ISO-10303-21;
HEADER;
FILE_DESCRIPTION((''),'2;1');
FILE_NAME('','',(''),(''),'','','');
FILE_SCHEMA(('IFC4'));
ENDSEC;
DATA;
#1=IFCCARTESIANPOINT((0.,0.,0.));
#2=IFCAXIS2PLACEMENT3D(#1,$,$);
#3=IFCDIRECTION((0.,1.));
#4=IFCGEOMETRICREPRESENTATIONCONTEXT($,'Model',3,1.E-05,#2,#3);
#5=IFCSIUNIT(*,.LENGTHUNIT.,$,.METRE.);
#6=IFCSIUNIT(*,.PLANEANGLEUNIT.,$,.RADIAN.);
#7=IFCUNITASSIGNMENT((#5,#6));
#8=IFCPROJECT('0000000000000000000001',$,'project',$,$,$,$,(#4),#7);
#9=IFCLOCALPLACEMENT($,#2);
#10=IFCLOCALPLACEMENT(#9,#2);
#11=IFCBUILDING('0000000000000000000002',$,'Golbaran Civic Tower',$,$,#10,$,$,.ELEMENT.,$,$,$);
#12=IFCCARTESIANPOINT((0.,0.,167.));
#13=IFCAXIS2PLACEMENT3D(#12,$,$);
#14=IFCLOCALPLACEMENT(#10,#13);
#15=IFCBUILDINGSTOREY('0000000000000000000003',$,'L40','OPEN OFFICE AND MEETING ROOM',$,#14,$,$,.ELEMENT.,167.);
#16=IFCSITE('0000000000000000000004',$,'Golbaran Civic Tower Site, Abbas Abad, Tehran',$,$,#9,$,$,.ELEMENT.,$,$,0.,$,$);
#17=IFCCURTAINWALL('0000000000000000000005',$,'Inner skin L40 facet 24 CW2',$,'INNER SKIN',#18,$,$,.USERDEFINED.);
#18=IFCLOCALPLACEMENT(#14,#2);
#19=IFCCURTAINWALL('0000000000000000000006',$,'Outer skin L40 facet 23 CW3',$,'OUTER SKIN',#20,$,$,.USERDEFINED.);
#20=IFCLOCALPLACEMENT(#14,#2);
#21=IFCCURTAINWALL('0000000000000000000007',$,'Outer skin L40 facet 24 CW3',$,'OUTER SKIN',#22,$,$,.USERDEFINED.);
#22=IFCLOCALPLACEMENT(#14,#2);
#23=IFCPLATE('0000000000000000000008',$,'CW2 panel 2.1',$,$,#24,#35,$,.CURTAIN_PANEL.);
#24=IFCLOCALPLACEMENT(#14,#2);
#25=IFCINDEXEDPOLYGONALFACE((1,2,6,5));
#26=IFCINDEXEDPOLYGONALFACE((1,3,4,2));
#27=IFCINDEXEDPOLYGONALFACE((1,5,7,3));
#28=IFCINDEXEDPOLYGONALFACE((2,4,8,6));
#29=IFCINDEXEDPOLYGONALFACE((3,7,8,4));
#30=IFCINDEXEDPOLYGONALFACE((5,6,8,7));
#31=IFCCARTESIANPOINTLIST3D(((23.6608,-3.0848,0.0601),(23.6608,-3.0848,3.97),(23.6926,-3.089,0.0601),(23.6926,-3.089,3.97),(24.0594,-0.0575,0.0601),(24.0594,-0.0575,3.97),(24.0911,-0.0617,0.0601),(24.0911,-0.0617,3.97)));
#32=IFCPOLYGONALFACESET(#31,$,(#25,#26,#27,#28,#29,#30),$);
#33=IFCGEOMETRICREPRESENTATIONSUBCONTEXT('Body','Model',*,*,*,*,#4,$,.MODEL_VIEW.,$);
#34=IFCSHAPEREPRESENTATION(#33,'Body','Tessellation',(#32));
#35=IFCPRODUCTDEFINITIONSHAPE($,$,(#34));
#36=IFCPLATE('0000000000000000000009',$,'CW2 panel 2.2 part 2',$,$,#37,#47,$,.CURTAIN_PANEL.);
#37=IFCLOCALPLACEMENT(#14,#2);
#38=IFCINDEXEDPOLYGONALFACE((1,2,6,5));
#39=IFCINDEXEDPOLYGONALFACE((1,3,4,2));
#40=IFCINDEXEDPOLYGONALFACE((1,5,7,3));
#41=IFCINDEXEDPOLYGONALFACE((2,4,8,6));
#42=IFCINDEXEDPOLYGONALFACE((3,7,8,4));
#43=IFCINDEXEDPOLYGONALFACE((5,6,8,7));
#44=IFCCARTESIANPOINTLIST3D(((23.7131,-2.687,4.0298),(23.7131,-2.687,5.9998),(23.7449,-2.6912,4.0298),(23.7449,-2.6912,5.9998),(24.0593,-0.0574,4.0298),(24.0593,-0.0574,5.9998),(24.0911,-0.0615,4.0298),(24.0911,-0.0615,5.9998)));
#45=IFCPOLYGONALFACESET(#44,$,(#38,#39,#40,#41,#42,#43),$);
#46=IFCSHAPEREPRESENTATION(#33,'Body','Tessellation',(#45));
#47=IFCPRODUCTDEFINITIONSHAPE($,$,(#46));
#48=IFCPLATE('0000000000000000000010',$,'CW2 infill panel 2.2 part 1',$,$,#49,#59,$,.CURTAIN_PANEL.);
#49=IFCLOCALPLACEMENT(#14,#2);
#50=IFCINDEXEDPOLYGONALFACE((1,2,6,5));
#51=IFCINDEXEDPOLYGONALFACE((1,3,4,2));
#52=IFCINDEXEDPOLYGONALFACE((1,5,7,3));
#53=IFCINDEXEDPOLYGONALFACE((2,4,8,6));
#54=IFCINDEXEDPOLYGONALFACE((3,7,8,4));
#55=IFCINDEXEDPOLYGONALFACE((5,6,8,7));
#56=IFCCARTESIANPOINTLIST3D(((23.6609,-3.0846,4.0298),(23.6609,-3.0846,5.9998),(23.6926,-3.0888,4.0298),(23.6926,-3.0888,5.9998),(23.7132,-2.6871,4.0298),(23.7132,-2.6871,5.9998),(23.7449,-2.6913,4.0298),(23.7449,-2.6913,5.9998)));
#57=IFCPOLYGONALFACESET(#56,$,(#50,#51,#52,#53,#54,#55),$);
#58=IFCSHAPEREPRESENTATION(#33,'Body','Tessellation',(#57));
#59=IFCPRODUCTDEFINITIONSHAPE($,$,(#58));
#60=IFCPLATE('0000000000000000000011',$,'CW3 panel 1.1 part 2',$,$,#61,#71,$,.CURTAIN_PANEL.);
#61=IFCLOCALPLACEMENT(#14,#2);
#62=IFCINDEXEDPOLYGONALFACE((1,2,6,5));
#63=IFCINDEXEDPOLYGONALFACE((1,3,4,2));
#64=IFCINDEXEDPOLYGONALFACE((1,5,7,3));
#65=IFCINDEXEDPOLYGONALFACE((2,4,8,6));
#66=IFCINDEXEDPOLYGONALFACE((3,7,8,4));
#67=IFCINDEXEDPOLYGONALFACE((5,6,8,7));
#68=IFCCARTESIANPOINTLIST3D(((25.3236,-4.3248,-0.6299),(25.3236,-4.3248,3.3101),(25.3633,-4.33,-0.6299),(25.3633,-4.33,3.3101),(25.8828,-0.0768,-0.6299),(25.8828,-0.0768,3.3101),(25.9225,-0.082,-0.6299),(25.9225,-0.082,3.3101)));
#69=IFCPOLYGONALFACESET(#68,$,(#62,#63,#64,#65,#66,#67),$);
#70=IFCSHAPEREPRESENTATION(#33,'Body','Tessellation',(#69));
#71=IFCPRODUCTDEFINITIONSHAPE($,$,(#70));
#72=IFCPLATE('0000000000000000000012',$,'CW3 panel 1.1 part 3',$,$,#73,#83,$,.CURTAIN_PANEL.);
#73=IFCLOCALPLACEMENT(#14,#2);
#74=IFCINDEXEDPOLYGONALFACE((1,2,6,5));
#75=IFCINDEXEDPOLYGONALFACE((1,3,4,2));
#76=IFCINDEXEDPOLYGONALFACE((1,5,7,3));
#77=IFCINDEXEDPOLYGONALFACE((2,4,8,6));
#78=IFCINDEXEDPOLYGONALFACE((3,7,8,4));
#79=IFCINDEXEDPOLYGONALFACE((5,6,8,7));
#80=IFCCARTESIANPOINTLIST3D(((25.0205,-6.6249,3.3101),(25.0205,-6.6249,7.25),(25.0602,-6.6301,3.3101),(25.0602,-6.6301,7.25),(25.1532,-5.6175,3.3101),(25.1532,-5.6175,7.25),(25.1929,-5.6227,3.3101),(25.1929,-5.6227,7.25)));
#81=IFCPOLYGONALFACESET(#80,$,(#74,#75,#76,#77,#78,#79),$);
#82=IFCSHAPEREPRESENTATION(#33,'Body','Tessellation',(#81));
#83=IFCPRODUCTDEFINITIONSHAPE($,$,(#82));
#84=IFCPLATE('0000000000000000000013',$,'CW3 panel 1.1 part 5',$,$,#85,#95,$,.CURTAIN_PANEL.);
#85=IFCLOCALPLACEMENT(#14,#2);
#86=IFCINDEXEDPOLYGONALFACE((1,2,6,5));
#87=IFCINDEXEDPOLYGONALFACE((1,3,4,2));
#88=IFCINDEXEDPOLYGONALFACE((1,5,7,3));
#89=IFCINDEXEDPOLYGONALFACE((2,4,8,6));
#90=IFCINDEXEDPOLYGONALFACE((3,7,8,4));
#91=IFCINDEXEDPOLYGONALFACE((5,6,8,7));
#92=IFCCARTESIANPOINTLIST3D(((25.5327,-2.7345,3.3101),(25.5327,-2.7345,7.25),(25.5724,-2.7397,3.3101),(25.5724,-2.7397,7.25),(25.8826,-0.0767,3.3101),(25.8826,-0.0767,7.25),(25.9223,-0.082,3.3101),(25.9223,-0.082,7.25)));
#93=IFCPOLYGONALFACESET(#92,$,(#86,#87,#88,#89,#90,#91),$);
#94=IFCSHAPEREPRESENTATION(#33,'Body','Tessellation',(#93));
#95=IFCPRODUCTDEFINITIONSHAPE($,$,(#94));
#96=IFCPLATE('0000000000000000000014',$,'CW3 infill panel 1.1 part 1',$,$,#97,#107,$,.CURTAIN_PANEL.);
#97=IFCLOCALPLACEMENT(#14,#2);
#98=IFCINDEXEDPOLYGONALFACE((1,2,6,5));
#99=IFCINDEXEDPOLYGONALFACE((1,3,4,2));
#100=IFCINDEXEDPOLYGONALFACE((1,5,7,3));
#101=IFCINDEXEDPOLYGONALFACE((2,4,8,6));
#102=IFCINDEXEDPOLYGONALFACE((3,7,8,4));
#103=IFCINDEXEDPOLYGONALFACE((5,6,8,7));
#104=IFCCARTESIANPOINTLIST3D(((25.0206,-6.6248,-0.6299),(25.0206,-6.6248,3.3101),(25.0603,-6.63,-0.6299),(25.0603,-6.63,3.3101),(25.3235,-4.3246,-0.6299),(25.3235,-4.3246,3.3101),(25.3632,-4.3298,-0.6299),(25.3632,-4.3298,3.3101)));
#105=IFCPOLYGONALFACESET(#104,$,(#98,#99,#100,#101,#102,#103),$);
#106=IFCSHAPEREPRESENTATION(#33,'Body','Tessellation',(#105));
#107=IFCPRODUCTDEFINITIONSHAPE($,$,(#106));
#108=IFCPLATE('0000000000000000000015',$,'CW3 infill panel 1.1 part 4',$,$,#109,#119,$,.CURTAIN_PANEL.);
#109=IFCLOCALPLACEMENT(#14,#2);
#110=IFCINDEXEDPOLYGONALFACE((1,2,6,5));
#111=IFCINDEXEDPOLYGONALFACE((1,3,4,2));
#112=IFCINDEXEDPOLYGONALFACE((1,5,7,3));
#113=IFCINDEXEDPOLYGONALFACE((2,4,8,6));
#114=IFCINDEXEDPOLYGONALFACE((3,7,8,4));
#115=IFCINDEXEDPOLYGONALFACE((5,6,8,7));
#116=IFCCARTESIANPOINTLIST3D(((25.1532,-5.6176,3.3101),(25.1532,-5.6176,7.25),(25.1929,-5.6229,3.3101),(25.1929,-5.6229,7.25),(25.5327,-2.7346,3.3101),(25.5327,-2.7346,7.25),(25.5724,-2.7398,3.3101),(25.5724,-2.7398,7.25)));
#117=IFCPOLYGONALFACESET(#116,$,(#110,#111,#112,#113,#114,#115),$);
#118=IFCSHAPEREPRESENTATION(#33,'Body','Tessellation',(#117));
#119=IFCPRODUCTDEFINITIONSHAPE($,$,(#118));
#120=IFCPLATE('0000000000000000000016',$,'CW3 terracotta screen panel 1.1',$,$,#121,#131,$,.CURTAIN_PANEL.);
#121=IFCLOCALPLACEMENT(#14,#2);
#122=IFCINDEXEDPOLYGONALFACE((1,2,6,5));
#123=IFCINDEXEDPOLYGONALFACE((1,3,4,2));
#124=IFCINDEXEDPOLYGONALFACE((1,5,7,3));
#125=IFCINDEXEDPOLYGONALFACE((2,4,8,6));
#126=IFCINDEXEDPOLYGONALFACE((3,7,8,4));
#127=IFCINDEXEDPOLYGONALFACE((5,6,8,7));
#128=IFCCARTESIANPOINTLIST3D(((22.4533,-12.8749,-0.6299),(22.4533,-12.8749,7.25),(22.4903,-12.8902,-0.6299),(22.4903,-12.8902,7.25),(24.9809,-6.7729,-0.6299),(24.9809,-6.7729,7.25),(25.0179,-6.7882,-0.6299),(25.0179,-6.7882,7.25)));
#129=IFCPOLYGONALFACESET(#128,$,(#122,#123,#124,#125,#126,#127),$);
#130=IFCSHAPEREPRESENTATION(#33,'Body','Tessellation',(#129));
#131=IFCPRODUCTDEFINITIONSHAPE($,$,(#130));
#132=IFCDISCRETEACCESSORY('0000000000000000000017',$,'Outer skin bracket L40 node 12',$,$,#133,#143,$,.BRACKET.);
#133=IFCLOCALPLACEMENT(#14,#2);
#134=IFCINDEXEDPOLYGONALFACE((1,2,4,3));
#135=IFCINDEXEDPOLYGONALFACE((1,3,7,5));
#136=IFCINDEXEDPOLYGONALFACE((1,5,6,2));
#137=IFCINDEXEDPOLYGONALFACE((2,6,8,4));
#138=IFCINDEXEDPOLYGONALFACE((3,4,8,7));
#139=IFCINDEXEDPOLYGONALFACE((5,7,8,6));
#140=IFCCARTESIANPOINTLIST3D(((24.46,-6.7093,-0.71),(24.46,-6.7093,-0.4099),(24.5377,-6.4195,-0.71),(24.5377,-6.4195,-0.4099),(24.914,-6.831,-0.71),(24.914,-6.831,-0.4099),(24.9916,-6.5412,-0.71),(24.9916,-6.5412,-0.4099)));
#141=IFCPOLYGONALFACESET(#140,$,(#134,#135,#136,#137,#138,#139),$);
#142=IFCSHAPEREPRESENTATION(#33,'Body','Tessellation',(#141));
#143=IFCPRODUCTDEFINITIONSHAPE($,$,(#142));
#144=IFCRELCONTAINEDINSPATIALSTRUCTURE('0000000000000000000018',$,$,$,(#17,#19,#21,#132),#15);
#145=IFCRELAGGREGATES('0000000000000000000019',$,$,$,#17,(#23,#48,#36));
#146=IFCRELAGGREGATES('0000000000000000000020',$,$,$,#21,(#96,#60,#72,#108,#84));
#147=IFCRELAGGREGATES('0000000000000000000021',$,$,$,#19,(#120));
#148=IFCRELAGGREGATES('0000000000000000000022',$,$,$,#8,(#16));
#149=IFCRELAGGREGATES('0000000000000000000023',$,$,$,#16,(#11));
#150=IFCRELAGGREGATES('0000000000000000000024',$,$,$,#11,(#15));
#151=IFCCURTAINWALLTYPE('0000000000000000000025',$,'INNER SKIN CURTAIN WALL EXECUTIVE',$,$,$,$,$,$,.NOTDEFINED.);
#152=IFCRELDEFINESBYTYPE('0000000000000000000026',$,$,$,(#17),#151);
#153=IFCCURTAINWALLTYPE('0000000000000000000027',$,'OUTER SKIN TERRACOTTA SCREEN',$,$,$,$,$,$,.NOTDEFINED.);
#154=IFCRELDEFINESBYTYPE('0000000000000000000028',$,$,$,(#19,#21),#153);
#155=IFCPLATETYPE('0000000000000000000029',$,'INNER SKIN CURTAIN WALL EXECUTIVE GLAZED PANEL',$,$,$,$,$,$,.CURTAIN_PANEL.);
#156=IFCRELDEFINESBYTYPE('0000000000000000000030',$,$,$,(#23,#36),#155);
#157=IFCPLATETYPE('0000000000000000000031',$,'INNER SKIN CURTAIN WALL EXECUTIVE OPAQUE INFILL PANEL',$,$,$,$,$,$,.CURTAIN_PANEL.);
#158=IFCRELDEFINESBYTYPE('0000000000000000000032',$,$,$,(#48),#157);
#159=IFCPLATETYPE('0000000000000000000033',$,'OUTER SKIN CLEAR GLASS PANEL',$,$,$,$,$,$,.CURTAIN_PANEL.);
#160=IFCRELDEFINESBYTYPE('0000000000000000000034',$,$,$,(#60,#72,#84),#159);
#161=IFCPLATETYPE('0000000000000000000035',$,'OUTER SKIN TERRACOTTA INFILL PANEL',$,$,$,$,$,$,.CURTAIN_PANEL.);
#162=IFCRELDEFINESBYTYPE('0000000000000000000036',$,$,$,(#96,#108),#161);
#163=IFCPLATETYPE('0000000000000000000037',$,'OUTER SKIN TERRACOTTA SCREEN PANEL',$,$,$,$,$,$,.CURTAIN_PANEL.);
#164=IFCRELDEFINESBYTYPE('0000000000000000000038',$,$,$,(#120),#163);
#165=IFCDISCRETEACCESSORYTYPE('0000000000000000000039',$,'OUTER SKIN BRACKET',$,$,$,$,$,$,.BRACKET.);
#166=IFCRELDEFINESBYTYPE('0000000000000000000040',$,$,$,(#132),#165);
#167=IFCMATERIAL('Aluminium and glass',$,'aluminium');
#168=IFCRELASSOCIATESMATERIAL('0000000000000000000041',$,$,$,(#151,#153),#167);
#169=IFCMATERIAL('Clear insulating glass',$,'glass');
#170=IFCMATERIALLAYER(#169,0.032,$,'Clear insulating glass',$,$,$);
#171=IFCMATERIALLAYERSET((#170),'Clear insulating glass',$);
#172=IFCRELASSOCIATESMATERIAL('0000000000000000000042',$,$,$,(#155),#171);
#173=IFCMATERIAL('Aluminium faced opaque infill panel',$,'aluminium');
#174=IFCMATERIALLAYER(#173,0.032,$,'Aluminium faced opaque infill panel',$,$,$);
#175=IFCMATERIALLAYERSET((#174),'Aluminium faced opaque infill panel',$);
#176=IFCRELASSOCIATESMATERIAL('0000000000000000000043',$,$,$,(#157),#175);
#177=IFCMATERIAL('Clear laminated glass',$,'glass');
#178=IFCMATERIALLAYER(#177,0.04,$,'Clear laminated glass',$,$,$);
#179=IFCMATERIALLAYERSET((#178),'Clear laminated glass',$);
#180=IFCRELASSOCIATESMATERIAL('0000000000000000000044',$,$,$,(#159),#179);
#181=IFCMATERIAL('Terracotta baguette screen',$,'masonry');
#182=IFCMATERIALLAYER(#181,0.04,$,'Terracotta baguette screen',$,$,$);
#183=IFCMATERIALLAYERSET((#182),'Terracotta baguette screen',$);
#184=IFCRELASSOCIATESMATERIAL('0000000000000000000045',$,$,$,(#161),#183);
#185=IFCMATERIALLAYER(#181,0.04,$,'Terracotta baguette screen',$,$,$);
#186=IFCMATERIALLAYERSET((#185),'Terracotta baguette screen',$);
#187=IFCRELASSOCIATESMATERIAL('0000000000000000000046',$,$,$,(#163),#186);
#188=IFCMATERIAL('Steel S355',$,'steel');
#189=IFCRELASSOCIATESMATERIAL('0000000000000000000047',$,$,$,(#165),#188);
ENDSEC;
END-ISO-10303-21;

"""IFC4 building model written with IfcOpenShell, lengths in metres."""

from ifc_helpers import new_model, si_unit, direction, frame, origin, origin_2d, place, context, subcontext, project, spatial, rectangle, extrude, material, layer, layer_set, type_object, element, aggregate, save


model = new_model("IFC4")

# Units and contexts
model_context = context("Model", 3, precision=1e-05, world=origin(), true_north=direction((0.0, 1.0)))
body_context = subcontext(model_context, "Body", "Model", "MODEL_VIEW")
ifc_project = project(units=[si_unit("LENGTHUNIT", "METRE"), si_unit("PLANEANGLEUNIT", "RADIAN")], contexts=[model_context])

# Site, building, storey
site_placement = place(None, origin())
site = spatial("IfcSite", under=ifc_project, at=site_placement, Name="Golbaran Civic Tower Site, Abbas Abad, Tehran", CompositionType="ELEMENT", RefElevation=0.0)
building_placement = place(site_placement, origin())
building = spatial("IfcBuilding", under=site, at=building_placement, Name="Golbaran Civic Tower", CompositionType="ELEMENT")
storey_placement = place(building_placement, frame((0.0, 0.0, 167.0)))
storey = spatial("IfcBuildingStorey", under=building, at=storey_placement, Name="L40", Description="OPEN OFFICE AND MEETING ROOM", CompositionType="ELEMENT", Elevation=167.0)

# Shared definitions
ifc_material_1 = material(Name="Steel S355", Category="steel")

# Curtain wall
ifc_material_2 = material(Name="Aluminium and glass", Category="aluminium")
curtain_wall_type_1 = type_object("IfcCurtainWallType", Name="INNER SKIN CURTAIN WALL EXECUTIVE", PredefinedType="NOTDEFINED", material=ifc_material_2)
curtain_wall_1_placement = place(storey_placement, origin())
curtain_wall_1 = element("IfcCurtainWall", 1, at=curtain_wall_1_placement, inside=storey, type_object=curtain_wall_type_1, Name="Inner skin L40 facet 24 CW2", ObjectType="INNER SKIN", PredefinedType="USERDEFINED")

# Curtain wall
curtain_wall_type_2 = type_object("IfcCurtainWallType", Name="OUTER SKIN TERRACOTTA SCREEN", PredefinedType="NOTDEFINED", material=ifc_material_2)
curtain_wall_2_placement = place(storey_placement, origin())
curtain_wall_2 = element("IfcCurtainWall", 2, at=curtain_wall_2_placement, inside=storey, type_object=curtain_wall_type_2, Name="Outer skin L40 facet 23 CW3", ObjectType="OUTER SKIN", PredefinedType="USERDEFINED")

# Curtain wall
curtain_wall_3_placement = place(storey_placement, origin())
curtain_wall_3 = element("IfcCurtainWall", 3, at=curtain_wall_3_placement, inside=storey, type_object=curtain_wall_type_2, Name="Outer skin L40 facet 24 CW3", ObjectType="OUTER SKIN", PredefinedType="USERDEFINED")

# Plates
ifc_material_3 = material(Name="Clear insulating glass", Category="glass")
ifc_layer_1 = layer(ifc_material_3, 0.032, Name="Clear insulating glass")
ifc_layer_set_1 = layer_set([ifc_layer_1], Name="Clear insulating glass")
plate_type_1 = type_object("IfcPlateType", Name="INNER SKIN CURTAIN WALL EXECUTIVE GLAZED PANEL", PredefinedType="CURTAIN_PANEL", material=ifc_layer_set_1)
plate_1_placement = place(storey_placement, frame((23.876, -1.5732, 0.0601), z_axis=(0.0, 0.0, 1.0), x_axis=(0.130526, 0.991445, 0.0)))
plate_1 = element("IfcPlate", 4, at=plate_1_placement, type_object=plate_type_1, Name="CW2 panel 2.1", PredefinedType="CURTAIN_PANEL", context=body_context, shape_type="SweptSolid", body=[
    extrude(rectangle(XDim=3.0535, YDim=0.032, at=origin_2d()), origin(), (0.0, 0.0, 1.0), 3.9099),
])
plate_2_placement = place(storey_placement, frame((23.9021, -1.3743, 4.0298), z_axis=(0.0, 0.0, 1.0), x_axis=(0.130526, 0.991445, 0.0)))
plate_2 = element("IfcPlate", 5, at=plate_2_placement, type_object=plate_type_1, Name="CW2 panel 2.2 part 2", PredefinedType="CURTAIN_PANEL", context=body_context, shape_type="SweptSolid", body=[
    extrude(rectangle(XDim=2.6523, YDim=0.032, at=origin_2d()), origin(), (0.0, 0.0, 1.0), 1.97),
])
ifc_material_4 = material(Name="Aluminium faced opaque infill panel", Category="aluminium")
ifc_layer_2 = layer(ifc_material_4, 0.032, Name="Aluminium faced opaque infill panel")
ifc_layer_set_2 = layer_set([ifc_layer_2], Name="Aluminium faced opaque infill panel")
plate_type_2 = type_object("IfcPlateType", Name="INNER SKIN CURTAIN WALL EXECUTIVE OPAQUE INFILL PANEL", PredefinedType="CURTAIN_PANEL", material=ifc_layer_set_2)
plate_3_placement = place(storey_placement, frame((23.7029, -2.8879, 4.0298), z_axis=(0.0, 0.0, 1.0), x_axis=(0.130526, 0.991445, 0.0)))
plate_3 = element("IfcPlate", 6, at=plate_3_placement, type_object=plate_type_2, Name="CW2 infill panel 2.2 part 1", PredefinedType="CURTAIN_PANEL", context=body_context, shape_type="SweptSolid", body=[
    extrude(rectangle(XDim=0.4009, YDim=0.032, at=origin_2d()), origin(), (0.0, 0.0, 1.0), 1.97),
])
aggregate(curtain_wall_1, [plate_1, plate_3, plate_2])
ifc_material_5 = material(Name="Clear laminated glass", Category="glass")
ifc_layer_3 = layer(ifc_material_5, 0.04, Name="Clear laminated glass")
ifc_layer_set_3 = layer_set([ifc_layer_3], Name="Clear laminated glass")
plate_type_3 = type_object("IfcPlateType", Name="OUTER SKIN CLEAR GLASS PANEL", PredefinedType="CURTAIN_PANEL", material=ifc_layer_set_3)
plate_4_placement = place(storey_placement, frame((25.623, -2.2034, -0.6299), z_axis=(0.0, 0.0, 1.0), x_axis=(0.130526, 0.991445, 0.0)))
plate_4 = element("IfcPlate", 7, at=plate_4_placement, type_object=plate_type_3, Name="CW3 panel 1.1 part 2", PredefinedType="CURTAIN_PANEL", context=body_context, shape_type="SweptSolid", body=[
    extrude(rectangle(XDim=4.2847, YDim=0.04, at=origin_2d()), origin(), (0.0, 0.0, 1.0), 3.9399),
])
plate_5_placement = place(storey_placement, frame((25.1067, -6.1238, 3.3101), z_axis=(0.0, 0.0, 1.0), x_axis=(0.130526, 0.991445, 0.0)))
plate_5 = element("IfcPlate", 8, at=plate_5_placement, type_object=plate_type_3, Name="CW3 panel 1.1 part 3", PredefinedType="CURTAIN_PANEL", context=body_context, shape_type="SweptSolid", body=[
    extrude(rectangle(XDim=1.0161, YDim=0.04, at=origin_2d()), origin(), (0.0, 0.0, 1.0), 3.9399),
])
plate_6_placement = place(storey_placement, frame((25.7275, -1.4082, 3.3101), z_axis=(0.0, 0.0, 1.0), x_axis=(0.130526, 0.991445, 0.0)))
plate_6 = element("IfcPlate", 9, at=plate_6_placement, type_object=plate_type_3, Name="CW3 panel 1.1 part 5", PredefinedType="CURTAIN_PANEL", context=body_context, shape_type="SweptSolid", body=[
    extrude(rectangle(XDim=2.6807, YDim=0.04, at=origin_2d()), origin(), (0.0, 0.0, 1.0), 3.9399),
])
ifc_material_6 = material(Name="Terracotta baguette screen", Category="masonry")
ifc_layer_4 = layer(ifc_material_6, 0.04, Name="Terracotta baguette screen")
ifc_layer_set_4 = layer_set([ifc_layer_4], Name="Terracotta baguette screen")
plate_type_4 = type_object("IfcPlateType", Name="OUTER SKIN TERRACOTTA INFILL PANEL", PredefinedType="CURTAIN_PANEL", material=ifc_layer_set_4)
plate_7_placement = place(storey_placement, frame((25.1919, -5.4773, -0.6299), z_axis=(0.0, 0.0, 1.0), x_axis=(0.130526, 0.991445, 0.0)))
plate_7 = element("IfcPlate", 10, at=plate_7_placement, type_object=plate_type_4, Name="CW3 infill panel 1.1 part 1", PredefinedType="CURTAIN_PANEL", context=body_context, shape_type="SweptSolid", body=[
    extrude(rectangle(XDim=2.3201, YDim=0.04, at=origin_2d()), origin(), (0.0, 0.0, 1.0), 3.9399),
])
plate_8_placement = place(storey_placement, frame((25.3628, -4.1787, 3.3101), z_axis=(0.0, 0.0, 1.0), x_axis=(0.130526, 0.991445, 0.0)))
plate_8 = element("IfcPlate", 11, at=plate_8_placement, type_object=plate_type_4, Name="CW3 infill panel 1.1 part 4", PredefinedType="CURTAIN_PANEL", context=body_context, shape_type="SweptSolid", body=[
    extrude(rectangle(XDim=2.908, YDim=0.04, at=origin_2d()), origin(), (0.0, 0.0, 1.0), 3.9399),
])
aggregate(curtain_wall_3, [plate_7, plate_4, plate_5, plate_8, plate_6])
ifc_layer_5 = layer(ifc_material_6, 0.04, Name="Terracotta baguette screen")
ifc_layer_set_5 = layer_set([ifc_layer_5], Name="Terracotta baguette screen")
plate_type_5 = type_object("IfcPlateType", Name="OUTER SKIN TERRACOTTA SCREEN PANEL", PredefinedType="CURTAIN_PANEL", material=ifc_layer_set_5)
plate_9_placement = place(storey_placement, frame((23.7356, -9.8315, -0.6299), z_axis=(0.0, 0.0, 1.0), x_axis=(0.382683, 0.92388, 0.0)))
plate_9 = element("IfcPlate", 12, at=plate_9_placement, type_object=plate_type_5, Name="CW3 terracotta screen panel 1.1", PredefinedType="CURTAIN_PANEL", context=body_context, shape_type="SweptSolid", body=[
    extrude(rectangle(XDim=6.6047, YDim=0.04, at=origin_2d()), origin(), (0.0, 0.0, 1.0), 7.8799),
])
aggregate(curtain_wall_2, [plate_9])

# Discrete accessory
discrete_accessory_type = type_object("IfcDiscreteAccessoryType", Name="OUTER SKIN BRACKET", PredefinedType="BRACKET", material=ifc_material_1)
discrete_accessory_placement = place(storey_placement, frame((24.7258, -6.6252, -0.71), z_axis=(0.0, 0.0, 1.0), x_axis=(0.965926, -0.258819, 0.0)))
element("IfcDiscreteAccessory", 13, at=discrete_accessory_placement, inside=storey, type_object=discrete_accessory_type, Name="Outer skin bracket L40 node 12", PredefinedType="BRACKET", context=body_context, shape_type="SweptSolid", body=[
    extrude(rectangle(XDim=0.47, YDim=0.3, at=origin_2d()), origin(), (0.0, 0.0, 1.0), 0.3),
])

save(model, "model.ifc")
